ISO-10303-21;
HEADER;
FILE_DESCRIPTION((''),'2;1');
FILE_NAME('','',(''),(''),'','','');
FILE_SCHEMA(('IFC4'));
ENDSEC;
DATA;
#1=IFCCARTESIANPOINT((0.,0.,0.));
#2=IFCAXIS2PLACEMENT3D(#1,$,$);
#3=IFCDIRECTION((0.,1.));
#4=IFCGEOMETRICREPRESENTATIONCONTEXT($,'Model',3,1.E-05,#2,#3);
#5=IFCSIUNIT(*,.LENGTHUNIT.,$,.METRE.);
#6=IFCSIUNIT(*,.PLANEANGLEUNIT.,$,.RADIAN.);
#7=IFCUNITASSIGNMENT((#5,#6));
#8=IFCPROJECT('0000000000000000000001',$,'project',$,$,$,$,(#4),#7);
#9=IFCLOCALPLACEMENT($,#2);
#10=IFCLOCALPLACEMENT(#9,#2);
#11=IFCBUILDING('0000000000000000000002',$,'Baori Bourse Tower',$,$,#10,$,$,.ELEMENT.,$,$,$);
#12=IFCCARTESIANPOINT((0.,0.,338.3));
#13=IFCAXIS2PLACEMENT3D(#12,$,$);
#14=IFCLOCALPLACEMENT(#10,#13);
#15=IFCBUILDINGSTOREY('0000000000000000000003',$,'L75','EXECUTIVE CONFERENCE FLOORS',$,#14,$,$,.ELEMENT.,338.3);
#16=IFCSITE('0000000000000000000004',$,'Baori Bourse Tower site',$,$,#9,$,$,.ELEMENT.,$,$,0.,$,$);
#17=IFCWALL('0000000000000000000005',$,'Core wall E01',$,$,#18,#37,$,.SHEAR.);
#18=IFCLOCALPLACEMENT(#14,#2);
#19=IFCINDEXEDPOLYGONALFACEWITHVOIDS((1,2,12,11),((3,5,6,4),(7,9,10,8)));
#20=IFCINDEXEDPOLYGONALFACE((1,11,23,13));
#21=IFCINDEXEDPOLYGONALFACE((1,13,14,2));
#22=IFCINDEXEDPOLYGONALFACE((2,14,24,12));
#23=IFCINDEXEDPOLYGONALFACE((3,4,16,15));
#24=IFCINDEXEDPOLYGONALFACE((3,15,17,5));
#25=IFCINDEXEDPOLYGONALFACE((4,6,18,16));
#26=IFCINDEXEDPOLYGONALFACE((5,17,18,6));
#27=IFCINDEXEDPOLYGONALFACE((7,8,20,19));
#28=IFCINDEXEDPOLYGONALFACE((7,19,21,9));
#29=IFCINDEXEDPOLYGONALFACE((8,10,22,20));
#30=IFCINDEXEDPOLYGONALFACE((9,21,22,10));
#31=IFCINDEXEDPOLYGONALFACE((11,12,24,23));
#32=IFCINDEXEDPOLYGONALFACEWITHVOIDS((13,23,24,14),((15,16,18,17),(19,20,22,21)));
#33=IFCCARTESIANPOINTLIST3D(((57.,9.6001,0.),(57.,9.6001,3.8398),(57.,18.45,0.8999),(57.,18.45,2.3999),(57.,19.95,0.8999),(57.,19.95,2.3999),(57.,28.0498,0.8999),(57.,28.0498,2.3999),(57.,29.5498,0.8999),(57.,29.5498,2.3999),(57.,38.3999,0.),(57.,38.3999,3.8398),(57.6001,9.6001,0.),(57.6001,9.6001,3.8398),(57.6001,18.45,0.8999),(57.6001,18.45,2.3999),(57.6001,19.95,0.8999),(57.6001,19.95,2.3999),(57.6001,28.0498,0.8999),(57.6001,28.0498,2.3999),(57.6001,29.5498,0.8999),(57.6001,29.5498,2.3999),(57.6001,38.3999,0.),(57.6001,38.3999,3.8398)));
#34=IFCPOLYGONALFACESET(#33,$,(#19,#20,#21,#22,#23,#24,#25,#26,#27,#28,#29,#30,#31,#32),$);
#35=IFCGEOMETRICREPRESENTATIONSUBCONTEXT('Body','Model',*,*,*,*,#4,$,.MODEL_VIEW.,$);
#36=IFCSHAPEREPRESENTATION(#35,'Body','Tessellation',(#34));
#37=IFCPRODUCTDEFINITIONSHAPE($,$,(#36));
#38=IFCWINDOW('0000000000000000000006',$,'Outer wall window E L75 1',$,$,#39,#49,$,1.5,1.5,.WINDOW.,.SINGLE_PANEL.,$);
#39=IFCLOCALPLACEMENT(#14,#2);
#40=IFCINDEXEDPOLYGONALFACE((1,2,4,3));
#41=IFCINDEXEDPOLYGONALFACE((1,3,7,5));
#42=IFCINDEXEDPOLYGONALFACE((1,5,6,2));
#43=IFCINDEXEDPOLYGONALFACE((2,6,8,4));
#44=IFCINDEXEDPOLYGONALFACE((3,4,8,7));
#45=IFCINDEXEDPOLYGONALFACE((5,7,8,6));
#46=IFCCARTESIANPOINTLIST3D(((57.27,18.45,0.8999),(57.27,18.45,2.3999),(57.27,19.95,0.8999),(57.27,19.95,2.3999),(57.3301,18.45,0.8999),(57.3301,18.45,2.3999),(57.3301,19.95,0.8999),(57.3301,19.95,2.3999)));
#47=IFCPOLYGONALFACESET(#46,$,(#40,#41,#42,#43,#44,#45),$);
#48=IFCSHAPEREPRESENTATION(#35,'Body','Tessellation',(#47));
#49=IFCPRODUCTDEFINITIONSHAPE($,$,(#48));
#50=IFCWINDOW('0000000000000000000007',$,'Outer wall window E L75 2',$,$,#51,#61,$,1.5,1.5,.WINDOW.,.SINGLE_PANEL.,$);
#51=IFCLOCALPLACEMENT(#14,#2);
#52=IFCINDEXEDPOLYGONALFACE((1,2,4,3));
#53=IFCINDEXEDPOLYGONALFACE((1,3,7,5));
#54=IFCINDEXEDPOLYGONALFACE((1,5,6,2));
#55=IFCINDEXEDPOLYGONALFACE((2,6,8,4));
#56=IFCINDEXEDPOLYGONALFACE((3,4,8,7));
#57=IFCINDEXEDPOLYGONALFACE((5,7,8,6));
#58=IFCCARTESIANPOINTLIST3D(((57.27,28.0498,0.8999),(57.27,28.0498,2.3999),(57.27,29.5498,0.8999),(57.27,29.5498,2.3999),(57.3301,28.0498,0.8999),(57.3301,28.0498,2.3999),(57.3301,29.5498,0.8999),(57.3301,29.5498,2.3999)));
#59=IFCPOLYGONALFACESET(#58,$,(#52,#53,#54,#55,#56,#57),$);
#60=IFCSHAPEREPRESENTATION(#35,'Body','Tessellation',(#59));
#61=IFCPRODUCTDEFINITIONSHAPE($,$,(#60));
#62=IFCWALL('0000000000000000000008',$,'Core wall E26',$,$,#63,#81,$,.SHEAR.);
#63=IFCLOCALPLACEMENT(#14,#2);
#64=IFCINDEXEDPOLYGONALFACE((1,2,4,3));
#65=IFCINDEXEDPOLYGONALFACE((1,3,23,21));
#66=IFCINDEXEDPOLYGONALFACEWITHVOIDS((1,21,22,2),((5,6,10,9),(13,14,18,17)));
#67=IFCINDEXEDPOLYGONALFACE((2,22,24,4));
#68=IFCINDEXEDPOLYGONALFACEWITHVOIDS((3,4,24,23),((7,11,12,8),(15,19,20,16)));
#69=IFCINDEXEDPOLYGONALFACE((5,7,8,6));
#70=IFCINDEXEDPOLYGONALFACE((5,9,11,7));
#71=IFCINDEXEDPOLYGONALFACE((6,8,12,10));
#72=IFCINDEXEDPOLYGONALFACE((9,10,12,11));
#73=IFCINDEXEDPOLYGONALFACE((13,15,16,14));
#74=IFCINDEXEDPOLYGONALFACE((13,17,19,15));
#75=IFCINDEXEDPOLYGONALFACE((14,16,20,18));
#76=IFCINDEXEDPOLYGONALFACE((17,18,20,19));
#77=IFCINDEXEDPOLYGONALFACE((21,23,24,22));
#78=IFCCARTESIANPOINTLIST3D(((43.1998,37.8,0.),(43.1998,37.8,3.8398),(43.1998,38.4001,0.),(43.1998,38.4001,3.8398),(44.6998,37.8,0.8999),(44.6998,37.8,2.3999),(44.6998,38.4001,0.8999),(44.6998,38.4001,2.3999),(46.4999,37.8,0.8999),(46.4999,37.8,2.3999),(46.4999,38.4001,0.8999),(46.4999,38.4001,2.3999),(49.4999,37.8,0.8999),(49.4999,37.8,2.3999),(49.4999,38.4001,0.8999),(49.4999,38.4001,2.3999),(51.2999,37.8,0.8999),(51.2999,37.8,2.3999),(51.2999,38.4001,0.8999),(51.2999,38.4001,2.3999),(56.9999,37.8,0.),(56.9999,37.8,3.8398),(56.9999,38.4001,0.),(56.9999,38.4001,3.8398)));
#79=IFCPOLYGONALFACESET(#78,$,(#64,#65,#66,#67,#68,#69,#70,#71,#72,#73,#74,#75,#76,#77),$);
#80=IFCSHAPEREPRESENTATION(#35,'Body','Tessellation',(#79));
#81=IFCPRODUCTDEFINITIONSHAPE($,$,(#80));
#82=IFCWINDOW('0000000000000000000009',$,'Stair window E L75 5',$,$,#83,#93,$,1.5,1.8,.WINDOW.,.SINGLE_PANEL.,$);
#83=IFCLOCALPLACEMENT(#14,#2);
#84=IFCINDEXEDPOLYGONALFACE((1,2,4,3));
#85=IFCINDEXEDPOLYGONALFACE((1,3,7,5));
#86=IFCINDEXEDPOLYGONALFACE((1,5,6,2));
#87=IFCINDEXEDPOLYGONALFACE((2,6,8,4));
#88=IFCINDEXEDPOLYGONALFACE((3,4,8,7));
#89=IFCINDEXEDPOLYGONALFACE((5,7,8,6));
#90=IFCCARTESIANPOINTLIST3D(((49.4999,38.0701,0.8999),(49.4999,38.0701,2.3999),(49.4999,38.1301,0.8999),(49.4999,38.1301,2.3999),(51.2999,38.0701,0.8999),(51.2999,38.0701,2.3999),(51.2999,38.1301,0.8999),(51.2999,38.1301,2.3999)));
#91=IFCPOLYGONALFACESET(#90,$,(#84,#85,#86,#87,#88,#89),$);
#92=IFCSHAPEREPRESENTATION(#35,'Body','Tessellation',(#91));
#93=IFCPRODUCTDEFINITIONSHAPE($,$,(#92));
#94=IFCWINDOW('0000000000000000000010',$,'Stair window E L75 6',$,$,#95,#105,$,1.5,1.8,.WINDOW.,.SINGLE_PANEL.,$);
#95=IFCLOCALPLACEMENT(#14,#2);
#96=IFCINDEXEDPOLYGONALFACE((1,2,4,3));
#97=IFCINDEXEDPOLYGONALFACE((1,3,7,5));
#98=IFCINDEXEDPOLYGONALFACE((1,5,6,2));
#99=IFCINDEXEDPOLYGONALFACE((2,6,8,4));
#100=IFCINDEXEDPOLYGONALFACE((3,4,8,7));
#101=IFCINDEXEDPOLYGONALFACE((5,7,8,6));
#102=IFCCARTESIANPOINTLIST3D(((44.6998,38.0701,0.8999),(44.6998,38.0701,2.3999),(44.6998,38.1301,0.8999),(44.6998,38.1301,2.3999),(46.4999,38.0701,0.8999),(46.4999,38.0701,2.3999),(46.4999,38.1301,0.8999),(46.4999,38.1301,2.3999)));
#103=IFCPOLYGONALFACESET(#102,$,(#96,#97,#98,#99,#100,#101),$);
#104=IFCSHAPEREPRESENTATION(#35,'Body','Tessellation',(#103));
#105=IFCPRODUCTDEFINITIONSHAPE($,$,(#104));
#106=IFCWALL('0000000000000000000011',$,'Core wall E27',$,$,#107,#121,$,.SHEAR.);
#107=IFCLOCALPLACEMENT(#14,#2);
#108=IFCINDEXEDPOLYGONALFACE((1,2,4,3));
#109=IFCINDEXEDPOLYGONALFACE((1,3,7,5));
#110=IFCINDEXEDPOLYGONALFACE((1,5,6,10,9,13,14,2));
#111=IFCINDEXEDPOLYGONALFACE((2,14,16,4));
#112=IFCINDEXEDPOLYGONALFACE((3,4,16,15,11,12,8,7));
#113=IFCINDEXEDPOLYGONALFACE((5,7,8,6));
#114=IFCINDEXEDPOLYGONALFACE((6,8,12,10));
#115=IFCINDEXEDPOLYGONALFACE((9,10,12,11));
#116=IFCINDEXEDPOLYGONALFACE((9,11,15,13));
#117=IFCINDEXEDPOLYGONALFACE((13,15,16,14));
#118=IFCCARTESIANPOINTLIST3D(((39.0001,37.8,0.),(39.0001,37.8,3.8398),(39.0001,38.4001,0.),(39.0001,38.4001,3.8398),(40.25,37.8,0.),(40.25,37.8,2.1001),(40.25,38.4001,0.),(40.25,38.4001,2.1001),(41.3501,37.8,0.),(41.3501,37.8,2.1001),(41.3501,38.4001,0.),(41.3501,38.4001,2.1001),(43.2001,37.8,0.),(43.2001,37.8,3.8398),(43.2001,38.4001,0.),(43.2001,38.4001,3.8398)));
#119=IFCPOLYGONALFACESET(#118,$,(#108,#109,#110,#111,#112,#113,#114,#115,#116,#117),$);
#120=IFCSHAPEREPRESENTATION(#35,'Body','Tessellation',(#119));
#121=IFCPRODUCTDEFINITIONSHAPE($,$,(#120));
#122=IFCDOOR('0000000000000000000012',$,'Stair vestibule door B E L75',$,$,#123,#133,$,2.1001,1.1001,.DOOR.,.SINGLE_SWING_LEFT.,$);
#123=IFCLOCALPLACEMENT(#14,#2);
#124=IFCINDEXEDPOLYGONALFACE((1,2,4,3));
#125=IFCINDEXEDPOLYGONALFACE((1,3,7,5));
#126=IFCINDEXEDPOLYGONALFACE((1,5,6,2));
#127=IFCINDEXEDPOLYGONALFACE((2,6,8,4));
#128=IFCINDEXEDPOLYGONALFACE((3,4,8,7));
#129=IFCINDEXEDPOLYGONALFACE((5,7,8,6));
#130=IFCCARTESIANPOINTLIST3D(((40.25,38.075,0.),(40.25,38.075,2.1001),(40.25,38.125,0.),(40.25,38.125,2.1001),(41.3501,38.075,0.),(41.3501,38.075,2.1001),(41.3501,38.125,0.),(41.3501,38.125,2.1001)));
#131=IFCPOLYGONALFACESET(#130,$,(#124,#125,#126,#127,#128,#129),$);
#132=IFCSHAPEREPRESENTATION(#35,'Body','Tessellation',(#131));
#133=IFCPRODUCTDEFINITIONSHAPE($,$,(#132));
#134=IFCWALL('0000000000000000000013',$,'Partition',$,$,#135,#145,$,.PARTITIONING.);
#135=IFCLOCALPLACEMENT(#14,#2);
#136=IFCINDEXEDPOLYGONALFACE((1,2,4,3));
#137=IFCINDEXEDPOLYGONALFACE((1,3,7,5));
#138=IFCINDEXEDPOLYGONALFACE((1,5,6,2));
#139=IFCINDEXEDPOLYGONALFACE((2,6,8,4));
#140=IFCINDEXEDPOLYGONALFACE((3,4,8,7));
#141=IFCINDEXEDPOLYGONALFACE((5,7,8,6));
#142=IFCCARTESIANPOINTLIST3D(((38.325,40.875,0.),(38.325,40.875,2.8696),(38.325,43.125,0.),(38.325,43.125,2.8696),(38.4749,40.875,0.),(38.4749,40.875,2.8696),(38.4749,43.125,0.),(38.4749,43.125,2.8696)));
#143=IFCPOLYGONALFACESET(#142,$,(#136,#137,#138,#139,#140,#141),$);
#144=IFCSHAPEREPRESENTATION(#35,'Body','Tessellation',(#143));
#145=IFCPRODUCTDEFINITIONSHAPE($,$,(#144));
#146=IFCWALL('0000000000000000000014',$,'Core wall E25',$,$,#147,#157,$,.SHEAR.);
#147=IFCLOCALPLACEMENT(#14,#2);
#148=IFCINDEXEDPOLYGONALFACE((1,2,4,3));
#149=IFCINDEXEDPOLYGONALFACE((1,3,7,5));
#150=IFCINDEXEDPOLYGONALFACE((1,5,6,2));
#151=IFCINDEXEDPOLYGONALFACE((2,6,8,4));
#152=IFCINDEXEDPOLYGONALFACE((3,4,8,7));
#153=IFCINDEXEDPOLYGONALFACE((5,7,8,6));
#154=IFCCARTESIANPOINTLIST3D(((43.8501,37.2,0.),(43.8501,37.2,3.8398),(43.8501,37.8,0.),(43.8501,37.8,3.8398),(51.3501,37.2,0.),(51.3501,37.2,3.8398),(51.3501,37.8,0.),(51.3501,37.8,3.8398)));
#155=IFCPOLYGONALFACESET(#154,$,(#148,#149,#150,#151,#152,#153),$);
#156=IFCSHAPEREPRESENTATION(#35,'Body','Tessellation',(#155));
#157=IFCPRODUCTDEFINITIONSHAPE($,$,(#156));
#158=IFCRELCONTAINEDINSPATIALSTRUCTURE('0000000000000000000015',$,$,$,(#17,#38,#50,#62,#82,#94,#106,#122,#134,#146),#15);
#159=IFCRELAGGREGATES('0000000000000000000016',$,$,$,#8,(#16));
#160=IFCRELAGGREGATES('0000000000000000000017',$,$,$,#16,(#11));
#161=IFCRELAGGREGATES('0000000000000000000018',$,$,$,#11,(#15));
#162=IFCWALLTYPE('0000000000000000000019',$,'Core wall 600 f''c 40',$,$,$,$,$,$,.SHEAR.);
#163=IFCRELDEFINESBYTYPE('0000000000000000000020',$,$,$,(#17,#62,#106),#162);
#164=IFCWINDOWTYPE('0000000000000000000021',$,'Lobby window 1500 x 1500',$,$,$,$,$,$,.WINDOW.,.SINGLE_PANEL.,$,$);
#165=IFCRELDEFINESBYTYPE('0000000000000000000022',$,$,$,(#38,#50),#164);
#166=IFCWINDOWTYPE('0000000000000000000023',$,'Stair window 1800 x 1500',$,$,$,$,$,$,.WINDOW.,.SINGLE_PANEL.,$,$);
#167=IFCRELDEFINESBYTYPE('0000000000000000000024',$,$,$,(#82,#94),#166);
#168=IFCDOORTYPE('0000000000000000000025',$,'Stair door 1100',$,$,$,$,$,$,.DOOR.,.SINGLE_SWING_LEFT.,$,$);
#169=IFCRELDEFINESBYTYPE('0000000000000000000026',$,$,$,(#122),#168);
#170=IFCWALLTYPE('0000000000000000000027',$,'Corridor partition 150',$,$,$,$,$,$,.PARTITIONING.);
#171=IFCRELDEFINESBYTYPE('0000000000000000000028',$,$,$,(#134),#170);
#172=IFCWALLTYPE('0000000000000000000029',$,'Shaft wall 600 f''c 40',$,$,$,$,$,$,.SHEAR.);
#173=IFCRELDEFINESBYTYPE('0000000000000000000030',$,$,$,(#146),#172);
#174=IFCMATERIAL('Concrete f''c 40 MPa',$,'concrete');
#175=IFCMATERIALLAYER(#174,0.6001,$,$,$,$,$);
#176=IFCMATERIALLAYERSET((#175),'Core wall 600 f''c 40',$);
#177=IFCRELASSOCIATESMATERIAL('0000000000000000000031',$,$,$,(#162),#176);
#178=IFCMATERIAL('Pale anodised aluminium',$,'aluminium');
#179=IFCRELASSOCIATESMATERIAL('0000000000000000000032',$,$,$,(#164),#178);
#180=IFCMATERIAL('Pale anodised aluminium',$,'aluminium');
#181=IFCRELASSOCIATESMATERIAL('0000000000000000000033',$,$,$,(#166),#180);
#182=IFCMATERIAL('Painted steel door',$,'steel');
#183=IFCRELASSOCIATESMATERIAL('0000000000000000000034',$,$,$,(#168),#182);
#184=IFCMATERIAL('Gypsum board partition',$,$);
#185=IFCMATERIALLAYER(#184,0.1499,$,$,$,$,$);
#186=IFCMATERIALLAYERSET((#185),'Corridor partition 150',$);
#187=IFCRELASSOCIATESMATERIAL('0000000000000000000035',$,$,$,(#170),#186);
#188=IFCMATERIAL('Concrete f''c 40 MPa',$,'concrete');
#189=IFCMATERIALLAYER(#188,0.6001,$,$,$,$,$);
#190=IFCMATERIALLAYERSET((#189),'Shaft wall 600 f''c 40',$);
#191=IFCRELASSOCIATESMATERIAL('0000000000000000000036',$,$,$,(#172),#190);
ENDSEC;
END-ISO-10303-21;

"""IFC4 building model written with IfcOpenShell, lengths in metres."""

from ifc_helpers import new_model, si_unit, direction, frame, frame_2d, origin, place, context, subcontext, project, spatial, rectangle, extrude, material, layer, layer_set, type_object, element, fill, save


model = new_model("IFC4")

# Units and contexts
model_context = context("Model", 3, precision=1e-05, world=origin(), true_north=direction((0.0, 1.0)))
body_context = subcontext(model_context, "Body", "Model", "MODEL_VIEW")
ifc_project = project(units=[si_unit("LENGTHUNIT", "METRE"), si_unit("PLANEANGLEUNIT", "RADIAN")], contexts=[model_context])

# Site, building, storey
site_placement = place(None, origin())
site = spatial("IfcSite", under=ifc_project, at=site_placement, Name="Baori Bourse Tower site", CompositionType="ELEMENT", RefElevation=0.0)
building_placement = place(site_placement, origin())
building = spatial("IfcBuilding", under=site, at=building_placement, Name="Baori Bourse Tower", CompositionType="ELEMENT")
storey_placement = place(building_placement, frame((0.0, 0.0, 338.3)))
storey = spatial("IfcBuildingStorey", under=building, at=storey_placement, Name="L75", Description="EXECUTIVE CONFERENCE FLOORS", CompositionType="ELEMENT", Elevation=338.3)

# Walls, openings, windows
ifc_material_1 = material(Name="Concrete f'c 40 MPa", Category="concrete")
ifc_layer_1 = layer(ifc_material_1, 0.6001)
ifc_layer_set_1 = layer_set([ifc_layer_1], Name="Core wall 600 f'c 40")
wall_type_1 = type_object("IfcWallType", Name="Core wall 600 f'c 40", PredefinedType="SHEAR", material=ifc_layer_set_1)
wall_1_placement = place(storey_placement, frame((57.3, 38.3999, 0.0), z_axis=(0.0, 0.0, 1.0), x_axis=(0.0, -1.0, 0.0)))
wall_1 = element("IfcWall", 1, at=wall_1_placement, inside=storey, type_object=wall_type_1, Name="Core wall E01", PredefinedType="SHEAR", context=body_context, shape_type="SweptSolid", body=[
    extrude(rectangle(XDim=28.7998, YDim=0.6001, at=frame_2d((14.3999, 0.0))), origin(), (0.0, 0.0, 1.0), 3.8398),
])
opening_1_placement = place(wall_1_placement, frame((18.45, 0.0, 0.8999)))
opening_1 = element("IfcOpeningElement", 2, at=opening_1_placement, cuts=wall_1, PredefinedType="OPENING", context=body_context, shape_type="SweptSolid", body=[
    extrude(rectangle(XDim=1.5, YDim=1.5, at=frame_2d((0.75, 0.75))), frame((0.0, 0.3101, 0.0), z_axis=(0.0, -1.0, 0.0), x_axis=(1.0, 0.0, 0.0)), (0.0, 0.0, 1.0), 0.6201),
])
opening_2_placement = place(wall_1_placement, frame((8.8501, 0.0, 0.8999)))
opening_2 = element("IfcOpeningElement", 3, at=opening_2_placement, cuts=wall_1, PredefinedType="OPENING", context=body_context, shape_type="SweptSolid", body=[
    extrude(rectangle(XDim=1.5, YDim=1.5, at=frame_2d((0.75, 0.75))), frame((0.0, 0.3101, 0.0), z_axis=(0.0, -1.0, 0.0), x_axis=(1.0, 0.0, 0.0)), (0.0, 0.0, 1.0), 0.6201),
])
ifc_material_2 = material(Name="Pale anodised aluminium", Category="aluminium")
window_type_1 = type_object("IfcWindowType", Name="Lobby window 1500 x 1500", PartitioningType="SINGLE_PANEL", PredefinedType="WINDOW", material=ifc_material_2)
window_1_placement = place(opening_1_placement, origin())
window_1 = element("IfcWindow", 4, at=window_1_placement, inside=storey, type_object=window_type_1, Name="Outer wall window E L75 1", OverallHeight=1.5, OverallWidth=1.5, PartitioningType="SINGLE_PANEL", PredefinedType="WINDOW", context=body_context, shape_type="SweptSolid", body=[
    extrude(rectangle(XDim=1.5, YDim=1.5, at=frame_2d((0.75, 0.75))), frame((0.0, 0.03, 0.0), z_axis=(0.0, -1.0, 0.0), x_axis=(1.0, 0.0, 0.0)), (0.0, 0.0, 1.0), 0.0601),
])
fill(opening_1, window_1)
window_2_placement = place(opening_2_placement, origin())
window_2 = element("IfcWindow", 5, at=window_2_placement, inside=storey, type_object=window_type_1, Name="Outer wall window E L75 2", OverallHeight=1.5, OverallWidth=1.5, PartitioningType="SINGLE_PANEL", PredefinedType="WINDOW", context=body_context, shape_type="SweptSolid", body=[
    extrude(rectangle(XDim=1.5, YDim=1.5, at=frame_2d((0.75, 0.75))), frame((0.0, 0.03, 0.0), z_axis=(0.0, -1.0, 0.0), x_axis=(1.0, 0.0, 0.0)), (0.0, 0.0, 1.0), 0.0601),
])
fill(opening_2, window_2)
wall_2_placement = place(storey_placement, frame((43.2, 38.1001, 0.0), z_axis=(0.0, 0.0, 1.0), x_axis=(1.0, 0.0, 0.0)))
wall_2 = element("IfcWall", 6, at=wall_2_placement, inside=storey, type_object=wall_type_1, Name="Core wall E26", PredefinedType="SHEAR", context=body_context, shape_type="SweptSolid", body=[
    extrude(rectangle(XDim=13.8, YDim=0.6001, at=frame_2d((6.8999, 0.0))), origin(), (0.0, 0.0, 1.0), 3.8398),
])
opening_3_placement = place(wall_2_placement, frame((6.3, 0.0, 0.8999)))
opening_3 = element("IfcOpeningElement", 7, at=opening_3_placement, cuts=wall_2, PredefinedType="OPENING", context=body_context, shape_type="SweptSolid", body=[
    extrude(rectangle(XDim=1.8, YDim=1.5, at=frame_2d((0.8999, 0.75))), frame((0.0, 0.3101, 0.0), z_axis=(0.0, -1.0, 0.0), x_axis=(1.0, 0.0, 0.0)), (0.0, 0.0, 1.0), 0.6201),
])
opening_4_placement = place(wall_2_placement, frame((1.5, 0.0, 0.8999)))
opening_4 = element("IfcOpeningElement", 8, at=opening_4_placement, cuts=wall_2, PredefinedType="OPENING", context=body_context, shape_type="SweptSolid", body=[
    extrude(rectangle(XDim=1.8, YDim=1.5, at=frame_2d((0.8999, 0.75))), frame((0.0, 0.3101, 0.0), z_axis=(0.0, -1.0, 0.0), x_axis=(1.0, 0.0, 0.0)), (0.0, 0.0, 1.0), 0.6201),
])
ifc_material_3 = material(Name="Pale anodised aluminium", Category="aluminium")
window_type_2 = type_object("IfcWindowType", Name="Stair window 1800 x 1500", PartitioningType="SINGLE_PANEL", PredefinedType="WINDOW", material=ifc_material_3)
window_3_placement = place(opening_3_placement, origin())
window_3 = element("IfcWindow", 9, at=window_3_placement, inside=storey, type_object=window_type_2, Name="Stair window E L75 5", OverallHeight=1.5, OverallWidth=1.8, PartitioningType="SINGLE_PANEL", PredefinedType="WINDOW", context=body_context, shape_type="SweptSolid", body=[
    extrude(rectangle(XDim=1.8, YDim=1.5, at=frame_2d((0.8999, 0.75))), frame((0.0, 0.03, 0.0), z_axis=(0.0, -1.0, 0.0), x_axis=(1.0, 0.0, 0.0)), (0.0, 0.0, 1.0), 0.0601),
])
fill(opening_3, window_3)
window_4_placement = place(opening_4_placement, origin())
window_4 = element("IfcWindow", 10, at=window_4_placement, inside=storey, type_object=window_type_2, Name="Stair window E L75 6", OverallHeight=1.5, OverallWidth=1.8, PartitioningType="SINGLE_PANEL", PredefinedType="WINDOW", context=body_context, shape_type="SweptSolid", body=[
    extrude(rectangle(XDim=1.8, YDim=1.5, at=frame_2d((0.8999, 0.75))), frame((0.0, 0.03, 0.0), z_axis=(0.0, -1.0, 0.0), x_axis=(1.0, 0.0, 0.0)), (0.0, 0.0, 1.0), 0.0601),
])
fill(opening_4, window_4)

# Wall, opening, door
wall_3_placement = place(storey_placement, frame((39.0, 38.1001, 0.0), z_axis=(0.0, 0.0, 1.0), x_axis=(1.0, 0.0, 0.0)))
wall_3 = element("IfcWall", 11, at=wall_3_placement, inside=storey, type_object=wall_type_1, Name="Core wall E27", PredefinedType="SHEAR", context=body_context, shape_type="SweptSolid", body=[
    extrude(rectangle(XDim=4.2, YDim=0.6001, at=frame_2d((2.1001, 0.0))), origin(), (0.0, 0.0, 1.0), 3.8398),
])
opening_5_placement = place(wall_3_placement, frame((1.25, 0.0, 0.0)))
opening_5 = element("IfcOpeningElement", 12, at=opening_5_placement, cuts=wall_3, PredefinedType="OPENING", context=body_context, shape_type="SweptSolid", body=[
    extrude(rectangle(XDim=1.1001, YDim=2.1001, at=frame_2d((0.55, 1.05))), frame((0.0, 0.3101, 0.0), z_axis=(0.0, -1.0, 0.0), x_axis=(1.0, 0.0, 0.0)), (0.0, 0.0, 1.0), 0.6201),
])
ifc_material_4 = material(Name="Painted steel door", Category="steel")
door_type = type_object("IfcDoorType", Name="Stair door 1100", OperationType="SINGLE_SWING_LEFT", PredefinedType="DOOR", material=ifc_material_4)
door_placement = place(opening_5_placement, origin())
door = element("IfcDoor", 13, at=door_placement, inside=storey, type_object=door_type, Name="Stair vestibule door B E L75", OperationType="SINGLE_SWING_LEFT", OverallHeight=2.1001, OverallWidth=1.1001, PredefinedType="DOOR", context=body_context, shape_type="SweptSolid", body=[
    extrude(rectangle(XDim=1.1001, YDim=2.1001, at=frame_2d((0.55, 1.05))), frame((0.0, 0.0249, 0.0), z_axis=(0.0, -1.0, 0.0), x_axis=(1.0, 0.0, 0.0)), (0.0, 0.0, 1.0), 0.05),
])
fill(opening_5, door)

# Walls
ifc_material_5 = material(Name="Gypsum board partition")
ifc_layer_2 = layer(ifc_material_5, 0.1499)
ifc_layer_set_2 = layer_set([ifc_layer_2], Name="Corridor partition 150")
wall_type_2 = type_object("IfcWallType", Name="Corridor partition 150", PredefinedType="PARTITIONING", material=ifc_layer_set_2)
wall_4_placement = place(storey_placement, frame((38.3999, 40.875, 0.0), z_axis=(0.0, 0.0, 1.0), x_axis=(0.0, 1.0, 0.0)))
element("IfcWall", 14, at=wall_4_placement, inside=storey, type_object=wall_type_2, Name="Partition", PredefinedType="PARTITIONING", context=body_context, shape_type="SweptSolid", body=[
    extrude(rectangle(XDim=2.25, YDim=0.1499, at=frame_2d((1.125, 0.0))), origin(), (0.0, 0.0, 1.0), 2.8696),
])
ifc_material_6 = material(Name="Concrete f'c 40 MPa", Category="concrete")
ifc_layer_3 = layer(ifc_material_6, 0.6001)
ifc_layer_set_3 = layer_set([ifc_layer_3], Name="Shaft wall 600 f'c 40")
wall_type_3 = type_object("IfcWallType", Name="Shaft wall 600 f'c 40", PredefinedType="SHEAR", material=ifc_layer_set_3)
wall_5_placement = place(storey_placement, frame((43.8501, 37.5, 0.0), z_axis=(0.0, 0.0, 1.0), x_axis=(1.0, 0.0, 0.0)))
element("IfcWall", 15, at=wall_5_placement, inside=storey, type_object=wall_type_3, Name="Core wall E25", PredefinedType="SHEAR", context=body_context, shape_type="SweptSolid", body=[
    extrude(rectangle(XDim=7.5, YDim=0.6001, at=frame_2d((3.75, 0.0))), origin(), (0.0, 0.0, 1.0), 3.8398),
])

save(model, "model.ifc")
